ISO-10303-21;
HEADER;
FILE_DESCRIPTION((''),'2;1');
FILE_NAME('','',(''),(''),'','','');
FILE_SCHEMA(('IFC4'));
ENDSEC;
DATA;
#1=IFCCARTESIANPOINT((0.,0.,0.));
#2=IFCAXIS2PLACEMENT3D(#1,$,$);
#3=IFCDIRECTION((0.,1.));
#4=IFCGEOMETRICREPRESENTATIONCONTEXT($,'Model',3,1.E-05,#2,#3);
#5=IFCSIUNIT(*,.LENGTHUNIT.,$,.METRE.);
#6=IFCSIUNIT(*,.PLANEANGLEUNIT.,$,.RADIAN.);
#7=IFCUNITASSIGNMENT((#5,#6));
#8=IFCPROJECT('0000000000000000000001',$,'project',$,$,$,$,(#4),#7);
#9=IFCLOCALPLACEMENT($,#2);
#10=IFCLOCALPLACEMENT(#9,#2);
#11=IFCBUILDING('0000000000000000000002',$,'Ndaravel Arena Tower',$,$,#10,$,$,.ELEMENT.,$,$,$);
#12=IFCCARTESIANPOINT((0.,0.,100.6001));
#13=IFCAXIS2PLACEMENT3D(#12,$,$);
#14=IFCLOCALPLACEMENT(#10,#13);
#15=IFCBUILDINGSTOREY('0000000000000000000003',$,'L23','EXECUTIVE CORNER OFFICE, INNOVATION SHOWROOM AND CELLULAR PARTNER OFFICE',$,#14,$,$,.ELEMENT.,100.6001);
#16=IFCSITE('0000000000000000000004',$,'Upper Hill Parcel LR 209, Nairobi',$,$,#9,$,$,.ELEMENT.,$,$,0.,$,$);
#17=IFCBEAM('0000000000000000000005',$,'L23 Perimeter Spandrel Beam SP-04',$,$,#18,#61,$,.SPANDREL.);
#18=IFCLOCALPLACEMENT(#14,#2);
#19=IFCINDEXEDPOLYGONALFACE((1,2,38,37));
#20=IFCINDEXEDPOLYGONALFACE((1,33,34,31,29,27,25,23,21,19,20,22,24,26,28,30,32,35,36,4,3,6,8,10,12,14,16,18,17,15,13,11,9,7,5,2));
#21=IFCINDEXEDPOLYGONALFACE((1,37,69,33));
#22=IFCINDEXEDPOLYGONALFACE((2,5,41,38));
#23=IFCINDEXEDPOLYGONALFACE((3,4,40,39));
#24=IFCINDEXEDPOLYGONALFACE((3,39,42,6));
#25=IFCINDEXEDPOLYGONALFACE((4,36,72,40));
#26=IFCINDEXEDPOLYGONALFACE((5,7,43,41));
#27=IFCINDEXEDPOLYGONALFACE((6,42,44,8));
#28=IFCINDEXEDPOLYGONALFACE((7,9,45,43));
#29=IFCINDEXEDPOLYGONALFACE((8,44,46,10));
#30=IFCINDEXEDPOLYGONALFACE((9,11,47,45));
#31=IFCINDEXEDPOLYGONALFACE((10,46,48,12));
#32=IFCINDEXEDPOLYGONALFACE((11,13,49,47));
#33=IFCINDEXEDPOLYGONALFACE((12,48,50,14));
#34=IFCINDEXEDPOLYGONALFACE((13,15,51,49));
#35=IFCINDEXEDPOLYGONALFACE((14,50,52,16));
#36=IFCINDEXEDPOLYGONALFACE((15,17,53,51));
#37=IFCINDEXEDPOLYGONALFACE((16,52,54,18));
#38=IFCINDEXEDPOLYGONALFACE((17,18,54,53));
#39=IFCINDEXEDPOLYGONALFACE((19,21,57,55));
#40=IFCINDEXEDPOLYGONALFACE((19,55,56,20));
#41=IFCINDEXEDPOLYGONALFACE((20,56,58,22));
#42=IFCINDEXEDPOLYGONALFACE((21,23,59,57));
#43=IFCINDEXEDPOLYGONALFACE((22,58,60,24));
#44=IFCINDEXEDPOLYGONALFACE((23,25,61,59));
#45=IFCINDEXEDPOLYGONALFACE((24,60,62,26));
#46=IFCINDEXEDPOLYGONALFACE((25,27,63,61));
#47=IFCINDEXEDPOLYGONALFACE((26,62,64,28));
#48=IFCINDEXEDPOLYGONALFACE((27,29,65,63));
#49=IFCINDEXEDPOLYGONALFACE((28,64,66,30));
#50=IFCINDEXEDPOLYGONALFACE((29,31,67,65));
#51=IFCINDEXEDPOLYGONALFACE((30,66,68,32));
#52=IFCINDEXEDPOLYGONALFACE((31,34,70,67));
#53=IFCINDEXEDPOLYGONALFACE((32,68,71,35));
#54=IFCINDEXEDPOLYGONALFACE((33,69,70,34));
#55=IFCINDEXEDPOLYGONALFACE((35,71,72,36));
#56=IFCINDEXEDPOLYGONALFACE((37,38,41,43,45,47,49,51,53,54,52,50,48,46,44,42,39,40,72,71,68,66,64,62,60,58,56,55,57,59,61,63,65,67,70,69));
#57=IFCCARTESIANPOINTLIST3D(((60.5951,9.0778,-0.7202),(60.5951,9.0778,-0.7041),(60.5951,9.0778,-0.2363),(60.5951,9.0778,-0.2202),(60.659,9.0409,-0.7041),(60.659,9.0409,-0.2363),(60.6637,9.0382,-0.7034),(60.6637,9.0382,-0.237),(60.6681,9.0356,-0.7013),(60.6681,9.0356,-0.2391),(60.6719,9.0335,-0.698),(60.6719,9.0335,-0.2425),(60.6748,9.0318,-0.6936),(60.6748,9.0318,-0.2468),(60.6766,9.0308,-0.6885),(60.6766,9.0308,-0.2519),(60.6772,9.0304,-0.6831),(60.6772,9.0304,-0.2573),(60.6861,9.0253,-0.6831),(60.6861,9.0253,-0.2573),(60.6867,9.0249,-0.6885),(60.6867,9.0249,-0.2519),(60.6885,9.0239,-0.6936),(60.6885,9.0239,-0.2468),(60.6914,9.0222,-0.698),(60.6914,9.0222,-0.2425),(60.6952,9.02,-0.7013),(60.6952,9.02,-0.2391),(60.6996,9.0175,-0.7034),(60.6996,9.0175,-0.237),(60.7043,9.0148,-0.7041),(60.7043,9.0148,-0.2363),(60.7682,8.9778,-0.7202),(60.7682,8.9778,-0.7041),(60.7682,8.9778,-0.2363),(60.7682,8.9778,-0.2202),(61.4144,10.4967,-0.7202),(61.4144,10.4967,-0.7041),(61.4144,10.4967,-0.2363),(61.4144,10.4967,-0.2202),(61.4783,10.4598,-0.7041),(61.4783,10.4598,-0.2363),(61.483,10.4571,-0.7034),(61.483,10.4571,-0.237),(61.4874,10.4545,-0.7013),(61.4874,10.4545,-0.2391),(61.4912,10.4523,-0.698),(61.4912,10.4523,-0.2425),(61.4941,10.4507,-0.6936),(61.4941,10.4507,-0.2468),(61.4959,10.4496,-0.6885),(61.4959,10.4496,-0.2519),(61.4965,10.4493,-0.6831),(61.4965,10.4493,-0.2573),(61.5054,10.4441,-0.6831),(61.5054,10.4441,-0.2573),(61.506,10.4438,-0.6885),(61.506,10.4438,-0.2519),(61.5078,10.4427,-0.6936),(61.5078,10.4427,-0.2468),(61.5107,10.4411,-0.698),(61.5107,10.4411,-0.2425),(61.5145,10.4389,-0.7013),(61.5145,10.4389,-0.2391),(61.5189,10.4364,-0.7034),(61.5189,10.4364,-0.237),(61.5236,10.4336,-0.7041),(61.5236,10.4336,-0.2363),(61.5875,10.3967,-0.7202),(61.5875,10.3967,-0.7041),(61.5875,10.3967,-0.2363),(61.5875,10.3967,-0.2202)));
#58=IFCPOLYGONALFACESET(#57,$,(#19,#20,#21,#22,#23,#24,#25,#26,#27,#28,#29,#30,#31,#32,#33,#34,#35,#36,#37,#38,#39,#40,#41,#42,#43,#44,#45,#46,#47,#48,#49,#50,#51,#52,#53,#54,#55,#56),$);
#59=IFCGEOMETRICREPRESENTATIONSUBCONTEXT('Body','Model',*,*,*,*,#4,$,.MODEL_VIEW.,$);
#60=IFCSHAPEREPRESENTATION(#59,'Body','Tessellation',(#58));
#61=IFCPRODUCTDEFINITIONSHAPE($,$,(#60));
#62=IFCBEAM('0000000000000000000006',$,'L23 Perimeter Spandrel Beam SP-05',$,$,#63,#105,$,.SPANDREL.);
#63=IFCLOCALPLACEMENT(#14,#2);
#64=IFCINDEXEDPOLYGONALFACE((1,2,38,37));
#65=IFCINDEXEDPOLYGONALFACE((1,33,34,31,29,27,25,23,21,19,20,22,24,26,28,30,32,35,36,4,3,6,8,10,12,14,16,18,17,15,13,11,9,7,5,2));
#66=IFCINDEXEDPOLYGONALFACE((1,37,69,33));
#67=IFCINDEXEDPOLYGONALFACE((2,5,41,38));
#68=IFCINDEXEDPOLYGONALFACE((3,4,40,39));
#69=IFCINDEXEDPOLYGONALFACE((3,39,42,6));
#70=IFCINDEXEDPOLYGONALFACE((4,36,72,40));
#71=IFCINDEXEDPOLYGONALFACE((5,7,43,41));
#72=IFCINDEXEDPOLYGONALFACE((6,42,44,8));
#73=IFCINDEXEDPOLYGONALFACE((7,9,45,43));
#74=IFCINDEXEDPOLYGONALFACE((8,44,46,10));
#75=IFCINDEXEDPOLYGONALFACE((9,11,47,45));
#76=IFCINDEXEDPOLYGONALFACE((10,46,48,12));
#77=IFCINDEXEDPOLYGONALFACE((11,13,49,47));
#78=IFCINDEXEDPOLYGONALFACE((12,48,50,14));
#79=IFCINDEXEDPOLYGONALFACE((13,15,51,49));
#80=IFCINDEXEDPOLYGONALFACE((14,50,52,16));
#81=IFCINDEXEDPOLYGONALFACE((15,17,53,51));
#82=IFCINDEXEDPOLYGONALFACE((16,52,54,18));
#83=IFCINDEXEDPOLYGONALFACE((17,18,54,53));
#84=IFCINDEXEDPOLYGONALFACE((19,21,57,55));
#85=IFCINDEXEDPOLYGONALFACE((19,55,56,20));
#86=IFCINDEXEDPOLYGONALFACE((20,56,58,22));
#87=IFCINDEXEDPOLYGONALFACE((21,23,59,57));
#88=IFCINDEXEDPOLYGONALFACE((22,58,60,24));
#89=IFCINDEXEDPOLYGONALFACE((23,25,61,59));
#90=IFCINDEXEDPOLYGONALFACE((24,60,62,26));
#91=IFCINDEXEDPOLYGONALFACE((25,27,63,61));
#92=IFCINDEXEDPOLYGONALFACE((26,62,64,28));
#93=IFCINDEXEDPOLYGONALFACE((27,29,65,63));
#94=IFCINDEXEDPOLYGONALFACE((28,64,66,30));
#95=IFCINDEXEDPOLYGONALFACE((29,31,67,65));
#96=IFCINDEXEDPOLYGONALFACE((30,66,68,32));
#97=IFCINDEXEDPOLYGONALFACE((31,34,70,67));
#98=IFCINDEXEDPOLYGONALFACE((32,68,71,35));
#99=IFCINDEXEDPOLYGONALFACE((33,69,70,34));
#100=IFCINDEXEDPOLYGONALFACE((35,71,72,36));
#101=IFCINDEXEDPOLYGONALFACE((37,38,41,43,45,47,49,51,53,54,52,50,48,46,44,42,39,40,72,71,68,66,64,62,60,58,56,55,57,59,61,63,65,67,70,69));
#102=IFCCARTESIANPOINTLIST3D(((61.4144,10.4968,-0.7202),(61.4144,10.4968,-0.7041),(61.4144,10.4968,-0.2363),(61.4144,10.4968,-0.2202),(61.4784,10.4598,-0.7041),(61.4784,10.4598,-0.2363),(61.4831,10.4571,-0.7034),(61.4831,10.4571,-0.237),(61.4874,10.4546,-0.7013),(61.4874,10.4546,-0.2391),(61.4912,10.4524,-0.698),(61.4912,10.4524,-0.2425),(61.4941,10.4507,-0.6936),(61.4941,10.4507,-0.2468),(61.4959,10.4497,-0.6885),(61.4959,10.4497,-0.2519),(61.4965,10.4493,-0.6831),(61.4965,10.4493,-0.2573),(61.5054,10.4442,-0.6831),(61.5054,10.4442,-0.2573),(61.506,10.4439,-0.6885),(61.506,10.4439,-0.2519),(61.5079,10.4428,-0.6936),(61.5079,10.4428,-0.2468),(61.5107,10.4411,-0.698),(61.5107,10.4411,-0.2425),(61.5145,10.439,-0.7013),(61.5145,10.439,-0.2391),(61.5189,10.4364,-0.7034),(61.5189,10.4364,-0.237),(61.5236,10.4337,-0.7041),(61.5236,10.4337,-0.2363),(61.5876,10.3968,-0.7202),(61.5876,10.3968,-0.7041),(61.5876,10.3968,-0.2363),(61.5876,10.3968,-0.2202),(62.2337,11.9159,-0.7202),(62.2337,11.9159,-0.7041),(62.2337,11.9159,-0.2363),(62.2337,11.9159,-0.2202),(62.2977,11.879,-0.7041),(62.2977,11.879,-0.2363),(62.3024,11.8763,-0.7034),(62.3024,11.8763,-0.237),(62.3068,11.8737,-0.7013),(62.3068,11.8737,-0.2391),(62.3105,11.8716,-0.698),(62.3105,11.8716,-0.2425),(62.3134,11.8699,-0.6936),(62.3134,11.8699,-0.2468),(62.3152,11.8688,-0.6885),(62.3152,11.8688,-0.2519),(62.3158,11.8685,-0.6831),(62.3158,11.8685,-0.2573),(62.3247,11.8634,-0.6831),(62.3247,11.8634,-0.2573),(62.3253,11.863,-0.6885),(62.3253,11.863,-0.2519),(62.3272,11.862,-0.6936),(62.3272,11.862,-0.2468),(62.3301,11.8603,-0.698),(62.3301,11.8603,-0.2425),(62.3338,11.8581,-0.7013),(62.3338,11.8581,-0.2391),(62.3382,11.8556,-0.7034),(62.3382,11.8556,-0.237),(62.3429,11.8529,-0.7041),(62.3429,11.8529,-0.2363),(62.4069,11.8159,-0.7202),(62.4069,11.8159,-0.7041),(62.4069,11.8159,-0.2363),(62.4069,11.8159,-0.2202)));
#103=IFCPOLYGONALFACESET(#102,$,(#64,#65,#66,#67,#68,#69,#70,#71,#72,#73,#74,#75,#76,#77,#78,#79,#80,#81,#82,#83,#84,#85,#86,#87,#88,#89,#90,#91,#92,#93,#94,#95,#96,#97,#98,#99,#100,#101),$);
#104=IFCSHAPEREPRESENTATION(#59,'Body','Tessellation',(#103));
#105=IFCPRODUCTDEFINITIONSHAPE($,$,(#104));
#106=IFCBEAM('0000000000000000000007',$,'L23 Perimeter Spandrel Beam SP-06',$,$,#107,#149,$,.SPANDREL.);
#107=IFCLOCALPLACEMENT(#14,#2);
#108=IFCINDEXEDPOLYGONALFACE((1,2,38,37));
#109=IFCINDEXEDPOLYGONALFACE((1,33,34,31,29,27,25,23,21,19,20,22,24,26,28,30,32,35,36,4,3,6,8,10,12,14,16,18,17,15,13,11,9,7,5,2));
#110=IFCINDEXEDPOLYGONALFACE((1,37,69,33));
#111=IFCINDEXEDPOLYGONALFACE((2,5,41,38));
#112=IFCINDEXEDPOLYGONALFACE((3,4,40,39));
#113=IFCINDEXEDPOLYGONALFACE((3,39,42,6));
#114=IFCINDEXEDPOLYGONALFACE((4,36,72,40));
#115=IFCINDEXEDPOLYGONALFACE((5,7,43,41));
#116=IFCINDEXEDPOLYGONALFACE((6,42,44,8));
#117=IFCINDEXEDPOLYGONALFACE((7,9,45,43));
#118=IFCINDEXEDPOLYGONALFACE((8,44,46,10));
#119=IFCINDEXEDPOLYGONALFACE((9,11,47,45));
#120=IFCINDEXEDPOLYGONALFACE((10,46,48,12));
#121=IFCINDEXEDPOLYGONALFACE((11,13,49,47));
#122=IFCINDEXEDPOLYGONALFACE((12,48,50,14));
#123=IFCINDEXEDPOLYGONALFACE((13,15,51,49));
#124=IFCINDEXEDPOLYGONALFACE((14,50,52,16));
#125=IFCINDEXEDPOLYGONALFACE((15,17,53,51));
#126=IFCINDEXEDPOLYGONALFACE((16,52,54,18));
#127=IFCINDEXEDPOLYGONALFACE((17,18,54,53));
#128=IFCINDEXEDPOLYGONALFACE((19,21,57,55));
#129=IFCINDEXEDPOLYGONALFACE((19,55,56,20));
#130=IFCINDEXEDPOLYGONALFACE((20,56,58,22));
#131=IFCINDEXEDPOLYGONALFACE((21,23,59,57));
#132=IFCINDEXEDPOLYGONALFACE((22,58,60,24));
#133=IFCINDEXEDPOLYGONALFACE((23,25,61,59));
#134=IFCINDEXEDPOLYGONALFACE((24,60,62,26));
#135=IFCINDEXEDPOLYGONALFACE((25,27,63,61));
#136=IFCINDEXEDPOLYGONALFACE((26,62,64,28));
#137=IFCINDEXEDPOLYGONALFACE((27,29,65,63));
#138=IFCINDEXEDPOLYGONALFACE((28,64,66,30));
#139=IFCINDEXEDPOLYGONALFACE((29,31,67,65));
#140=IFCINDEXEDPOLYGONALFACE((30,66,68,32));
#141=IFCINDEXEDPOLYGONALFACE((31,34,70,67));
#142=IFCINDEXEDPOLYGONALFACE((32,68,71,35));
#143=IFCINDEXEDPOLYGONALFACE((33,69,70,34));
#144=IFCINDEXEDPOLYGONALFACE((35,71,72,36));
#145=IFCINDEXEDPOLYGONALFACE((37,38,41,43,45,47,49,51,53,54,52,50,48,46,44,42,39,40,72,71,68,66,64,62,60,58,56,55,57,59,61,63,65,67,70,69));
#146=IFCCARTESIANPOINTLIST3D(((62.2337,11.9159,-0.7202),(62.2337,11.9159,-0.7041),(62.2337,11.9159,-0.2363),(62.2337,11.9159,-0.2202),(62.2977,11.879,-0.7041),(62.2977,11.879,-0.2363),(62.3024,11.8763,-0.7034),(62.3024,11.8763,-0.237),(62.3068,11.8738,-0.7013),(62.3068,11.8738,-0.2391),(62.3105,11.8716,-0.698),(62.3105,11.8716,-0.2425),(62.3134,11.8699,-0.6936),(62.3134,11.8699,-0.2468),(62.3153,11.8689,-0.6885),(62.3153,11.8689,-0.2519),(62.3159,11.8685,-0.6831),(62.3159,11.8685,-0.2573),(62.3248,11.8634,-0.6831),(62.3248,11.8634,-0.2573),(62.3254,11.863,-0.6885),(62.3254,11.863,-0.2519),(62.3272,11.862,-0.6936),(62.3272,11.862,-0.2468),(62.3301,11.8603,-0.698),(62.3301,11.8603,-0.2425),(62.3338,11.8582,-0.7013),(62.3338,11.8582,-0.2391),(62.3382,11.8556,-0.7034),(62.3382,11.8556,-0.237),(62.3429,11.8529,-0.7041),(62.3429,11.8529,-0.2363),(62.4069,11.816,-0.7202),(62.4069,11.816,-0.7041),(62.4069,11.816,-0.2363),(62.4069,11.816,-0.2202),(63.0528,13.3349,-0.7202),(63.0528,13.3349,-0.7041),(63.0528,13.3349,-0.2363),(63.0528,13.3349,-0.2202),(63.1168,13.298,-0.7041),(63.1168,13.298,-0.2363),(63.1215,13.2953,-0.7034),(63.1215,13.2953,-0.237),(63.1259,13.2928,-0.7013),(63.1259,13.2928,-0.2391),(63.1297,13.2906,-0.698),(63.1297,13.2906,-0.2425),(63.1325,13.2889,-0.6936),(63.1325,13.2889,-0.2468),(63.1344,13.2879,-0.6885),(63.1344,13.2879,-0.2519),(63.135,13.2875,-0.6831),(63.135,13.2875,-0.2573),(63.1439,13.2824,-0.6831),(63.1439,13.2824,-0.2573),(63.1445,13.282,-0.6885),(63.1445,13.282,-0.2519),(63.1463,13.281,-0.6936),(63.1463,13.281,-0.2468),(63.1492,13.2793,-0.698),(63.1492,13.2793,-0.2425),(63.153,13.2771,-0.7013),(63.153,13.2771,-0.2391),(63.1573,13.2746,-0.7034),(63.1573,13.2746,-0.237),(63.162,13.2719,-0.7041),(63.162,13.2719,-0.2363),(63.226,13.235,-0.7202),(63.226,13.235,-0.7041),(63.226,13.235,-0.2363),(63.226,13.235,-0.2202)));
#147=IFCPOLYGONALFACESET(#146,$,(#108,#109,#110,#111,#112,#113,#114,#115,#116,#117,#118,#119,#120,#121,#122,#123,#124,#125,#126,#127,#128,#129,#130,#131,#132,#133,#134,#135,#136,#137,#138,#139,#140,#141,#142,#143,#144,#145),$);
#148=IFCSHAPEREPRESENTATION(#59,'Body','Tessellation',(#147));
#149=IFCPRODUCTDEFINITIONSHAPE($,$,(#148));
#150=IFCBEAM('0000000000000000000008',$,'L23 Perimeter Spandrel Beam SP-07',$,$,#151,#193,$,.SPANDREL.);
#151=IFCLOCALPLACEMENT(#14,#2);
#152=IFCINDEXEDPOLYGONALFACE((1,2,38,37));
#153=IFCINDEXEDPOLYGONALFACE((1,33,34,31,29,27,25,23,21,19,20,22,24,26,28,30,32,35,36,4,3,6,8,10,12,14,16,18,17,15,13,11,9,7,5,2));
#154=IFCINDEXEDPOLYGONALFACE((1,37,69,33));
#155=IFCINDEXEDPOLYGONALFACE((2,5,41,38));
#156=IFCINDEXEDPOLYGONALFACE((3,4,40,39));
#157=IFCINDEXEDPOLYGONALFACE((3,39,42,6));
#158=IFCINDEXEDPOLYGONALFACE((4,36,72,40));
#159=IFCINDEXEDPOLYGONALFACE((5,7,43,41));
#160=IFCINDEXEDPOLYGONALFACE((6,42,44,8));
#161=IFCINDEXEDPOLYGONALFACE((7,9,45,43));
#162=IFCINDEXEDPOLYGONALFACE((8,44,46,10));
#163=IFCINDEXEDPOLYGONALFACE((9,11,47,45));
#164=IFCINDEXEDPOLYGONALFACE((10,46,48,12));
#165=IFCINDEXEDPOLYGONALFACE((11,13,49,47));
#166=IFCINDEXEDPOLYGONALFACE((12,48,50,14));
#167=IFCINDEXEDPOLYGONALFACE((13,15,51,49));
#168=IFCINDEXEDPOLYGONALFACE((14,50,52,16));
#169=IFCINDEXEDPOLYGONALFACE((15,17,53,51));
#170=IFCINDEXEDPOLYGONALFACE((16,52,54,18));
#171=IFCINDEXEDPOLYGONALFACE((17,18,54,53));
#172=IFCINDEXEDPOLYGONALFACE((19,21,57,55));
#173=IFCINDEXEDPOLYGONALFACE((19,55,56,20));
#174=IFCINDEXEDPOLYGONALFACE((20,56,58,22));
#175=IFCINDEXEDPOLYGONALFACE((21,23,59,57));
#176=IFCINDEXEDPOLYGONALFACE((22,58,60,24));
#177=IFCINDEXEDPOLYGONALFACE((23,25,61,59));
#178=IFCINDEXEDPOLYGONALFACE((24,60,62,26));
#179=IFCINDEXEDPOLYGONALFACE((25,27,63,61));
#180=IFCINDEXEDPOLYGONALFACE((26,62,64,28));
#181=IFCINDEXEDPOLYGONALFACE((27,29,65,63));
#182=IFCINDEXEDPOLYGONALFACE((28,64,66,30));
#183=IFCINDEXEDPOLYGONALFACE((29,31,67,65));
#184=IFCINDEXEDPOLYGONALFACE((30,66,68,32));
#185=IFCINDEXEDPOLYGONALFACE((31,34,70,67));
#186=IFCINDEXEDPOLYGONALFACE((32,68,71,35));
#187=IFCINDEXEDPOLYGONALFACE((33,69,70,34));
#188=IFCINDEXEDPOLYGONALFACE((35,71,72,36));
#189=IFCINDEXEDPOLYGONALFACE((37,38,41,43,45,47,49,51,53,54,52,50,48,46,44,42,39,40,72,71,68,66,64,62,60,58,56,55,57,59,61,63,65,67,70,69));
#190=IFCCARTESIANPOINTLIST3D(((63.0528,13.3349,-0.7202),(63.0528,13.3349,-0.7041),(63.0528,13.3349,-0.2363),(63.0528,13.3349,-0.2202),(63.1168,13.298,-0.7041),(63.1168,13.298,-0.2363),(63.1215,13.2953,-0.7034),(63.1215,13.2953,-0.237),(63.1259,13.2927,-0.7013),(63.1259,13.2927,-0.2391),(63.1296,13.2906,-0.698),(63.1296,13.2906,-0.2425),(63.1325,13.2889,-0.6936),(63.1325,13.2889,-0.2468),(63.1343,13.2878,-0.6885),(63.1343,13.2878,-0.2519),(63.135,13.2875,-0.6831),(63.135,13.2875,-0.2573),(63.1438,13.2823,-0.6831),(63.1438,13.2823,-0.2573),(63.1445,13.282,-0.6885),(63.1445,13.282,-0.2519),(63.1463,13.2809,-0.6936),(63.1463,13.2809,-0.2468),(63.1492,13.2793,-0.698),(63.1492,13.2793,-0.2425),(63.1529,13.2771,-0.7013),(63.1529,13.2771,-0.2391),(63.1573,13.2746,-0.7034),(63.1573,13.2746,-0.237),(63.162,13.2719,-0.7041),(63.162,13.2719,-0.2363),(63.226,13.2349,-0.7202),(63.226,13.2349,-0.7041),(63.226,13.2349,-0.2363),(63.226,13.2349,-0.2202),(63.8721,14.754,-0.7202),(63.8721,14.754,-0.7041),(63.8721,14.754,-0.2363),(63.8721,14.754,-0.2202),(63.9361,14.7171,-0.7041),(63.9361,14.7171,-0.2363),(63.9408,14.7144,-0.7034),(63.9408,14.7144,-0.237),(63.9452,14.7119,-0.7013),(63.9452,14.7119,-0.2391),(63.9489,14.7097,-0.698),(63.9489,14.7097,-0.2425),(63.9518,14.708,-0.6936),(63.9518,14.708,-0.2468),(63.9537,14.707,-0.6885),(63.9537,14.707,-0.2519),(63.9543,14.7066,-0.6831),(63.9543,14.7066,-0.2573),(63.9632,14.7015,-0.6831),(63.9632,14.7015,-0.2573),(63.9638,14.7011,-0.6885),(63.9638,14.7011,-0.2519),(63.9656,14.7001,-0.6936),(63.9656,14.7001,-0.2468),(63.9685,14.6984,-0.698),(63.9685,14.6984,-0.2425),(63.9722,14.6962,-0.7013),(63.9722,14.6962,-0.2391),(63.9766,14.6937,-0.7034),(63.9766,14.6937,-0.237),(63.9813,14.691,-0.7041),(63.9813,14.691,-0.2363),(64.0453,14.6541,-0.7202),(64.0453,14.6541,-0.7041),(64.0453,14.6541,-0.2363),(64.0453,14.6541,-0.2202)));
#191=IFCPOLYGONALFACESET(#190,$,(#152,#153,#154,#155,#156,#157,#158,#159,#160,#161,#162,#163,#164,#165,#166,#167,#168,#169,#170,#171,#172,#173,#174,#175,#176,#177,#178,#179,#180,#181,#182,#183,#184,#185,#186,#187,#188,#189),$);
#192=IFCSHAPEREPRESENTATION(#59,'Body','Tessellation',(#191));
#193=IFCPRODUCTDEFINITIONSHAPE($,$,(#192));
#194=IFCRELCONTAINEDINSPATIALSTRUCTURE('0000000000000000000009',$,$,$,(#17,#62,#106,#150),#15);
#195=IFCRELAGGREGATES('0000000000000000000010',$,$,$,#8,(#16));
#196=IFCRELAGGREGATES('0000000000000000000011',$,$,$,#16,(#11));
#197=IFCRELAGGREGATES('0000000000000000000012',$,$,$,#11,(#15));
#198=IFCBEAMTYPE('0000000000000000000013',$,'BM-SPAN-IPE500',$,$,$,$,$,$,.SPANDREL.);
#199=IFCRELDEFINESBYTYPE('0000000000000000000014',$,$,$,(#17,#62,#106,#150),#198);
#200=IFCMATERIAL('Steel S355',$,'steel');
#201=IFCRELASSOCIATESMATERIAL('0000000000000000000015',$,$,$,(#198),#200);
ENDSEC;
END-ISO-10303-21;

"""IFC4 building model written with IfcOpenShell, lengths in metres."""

from ifc_helpers import new_model, si_unit, direction, frame, origin, origin_2d, place, context, subcontext, project, spatial, i_section, extrude, material, material_profile, profile_set, type_object, element, save


model = new_model("IFC4")

# Units and contexts
model_context = context("Model", 3, precision=1e-05, world=origin(), true_north=direction((0.0, 1.0)))
body_context = subcontext(model_context, "Body", "Model", "MODEL_VIEW")
ifc_project = project(units=[si_unit("LENGTHUNIT", "METRE"), si_unit("PLANEANGLEUNIT", "RADIAN")], contexts=[model_context])

# Site, building, storey
site_placement = place(None, origin())
site = spatial("IfcSite", under=ifc_project, at=site_placement, Name="Upper Hill Parcel LR 209, Nairobi", CompositionType="ELEMENT", RefElevation=0.0)
building_placement = place(site_placement, origin())
building = spatial("IfcBuilding", under=site, at=building_placement, Name="Ndaravel Arena Tower", CompositionType="ELEMENT")
storey_placement = place(building_placement, frame((0.0, 0.0, 100.6001)))
storey = spatial("IfcBuildingStorey", under=building, at=storey_placement, Name="L23", Description="EXECUTIVE CORNER OFFICE, INNOVATION SHOWROOM AND CELLULAR PARTNER OFFICE", CompositionType="ELEMENT", Elevation=100.6001)

# Beams
ifc_material_1 = material(Name="Steel S355", Category="steel")
ifc_material_profile_1 = material_profile(ifc_material_1, i_section(OverallWidth=0.2, OverallDepth=0.5, WebThickness=0.0103, FlangeThickness=0.0161, FilletRadius=0.021, at=origin_2d()), Name="IPE 500")
ifc_profile_set_1 = profile_set([ifc_material_profile_1], Name="Steel S355")
beam_type = type_object("IfcBeamType", Name="BM-SPAN-IPE500", PredefinedType="SPANDREL", material=ifc_profile_set_1)
beam_1_placement = place(storey_placement, frame((60.6816, 9.0278, -0.4702), z_axis=(0.500049, 0.865997, 0.0), x_axis=(-0.865997, 0.500049, 0.0)))
element("IfcBeam", 1, at=beam_1_placement, inside=storey, type_object=beam_type, Name="L23 Perimeter Spandrel Beam SP-04", PredefinedType="SPANDREL", context=body_context, shape_type="SweptSolid", body=[
    extrude(i_section(OverallWidth=0.2, OverallDepth=0.5, WebThickness=0.0103, FlangeThickness=0.0161, FilletRadius=0.021, at=origin_2d()), origin(), (0.0, 0.0, 1.0), 1.6384),
])
beam_2_placement = place(storey_placement, frame((61.501, 10.4468, -0.4702), z_axis=(0.499985, 0.866034, 0.0), x_axis=(-0.866034, 0.499985, 0.0)))
element("IfcBeam", 2, at=beam_2_placement, inside=storey, type_object=beam_type, Name="L23 Perimeter Spandrel Beam SP-05", PredefinedType="SPANDREL", context=body_context, shape_type="SweptSolid", body=[
    extrude(i_section(OverallWidth=0.2, OverallDepth=0.5, WebThickness=0.0103, FlangeThickness=0.0161, FilletRadius=0.021, at=origin_2d()), origin(), (0.0, 0.0, 1.0), 1.6387),
])
beam_3_placement = place(storey_placement, frame((62.3203, 11.866, -0.4702), z_axis=(0.499937, 0.866062, 0.0), x_axis=(-0.866062, 0.499937, 0.0)))
element("IfcBeam", 3, at=beam_3_placement, inside=storey, type_object=beam_type, Name="L23 Perimeter Spandrel Beam SP-06", PredefinedType="SPANDREL", context=body_context, shape_type="SweptSolid", body=[
    extrude(i_section(OverallWidth=0.2, OverallDepth=0.5, WebThickness=0.0103, FlangeThickness=0.0161, FilletRadius=0.021, at=origin_2d()), origin(), (0.0, 0.0, 1.0), 1.6384),
])
beam_4_placement = place(storey_placement, frame((63.1394, 13.2849, -0.4702), z_axis=(0.499985, 0.866034, 0.0), x_axis=(-0.866034, 0.499985, 0.0)))
element("IfcBeam", 4, at=beam_4_placement, inside=storey, type_object=beam_type, Name="L23 Perimeter Spandrel Beam SP-07", PredefinedType="SPANDREL", context=body_context, shape_type="SweptSolid", body=[
    extrude(i_section(OverallWidth=0.2, OverallDepth=0.5, WebThickness=0.0103, FlangeThickness=0.0161, FilletRadius=0.021, at=origin_2d()), origin(), (0.0, 0.0, 1.0), 1.6387),
])

save(model, "model.ifc")
